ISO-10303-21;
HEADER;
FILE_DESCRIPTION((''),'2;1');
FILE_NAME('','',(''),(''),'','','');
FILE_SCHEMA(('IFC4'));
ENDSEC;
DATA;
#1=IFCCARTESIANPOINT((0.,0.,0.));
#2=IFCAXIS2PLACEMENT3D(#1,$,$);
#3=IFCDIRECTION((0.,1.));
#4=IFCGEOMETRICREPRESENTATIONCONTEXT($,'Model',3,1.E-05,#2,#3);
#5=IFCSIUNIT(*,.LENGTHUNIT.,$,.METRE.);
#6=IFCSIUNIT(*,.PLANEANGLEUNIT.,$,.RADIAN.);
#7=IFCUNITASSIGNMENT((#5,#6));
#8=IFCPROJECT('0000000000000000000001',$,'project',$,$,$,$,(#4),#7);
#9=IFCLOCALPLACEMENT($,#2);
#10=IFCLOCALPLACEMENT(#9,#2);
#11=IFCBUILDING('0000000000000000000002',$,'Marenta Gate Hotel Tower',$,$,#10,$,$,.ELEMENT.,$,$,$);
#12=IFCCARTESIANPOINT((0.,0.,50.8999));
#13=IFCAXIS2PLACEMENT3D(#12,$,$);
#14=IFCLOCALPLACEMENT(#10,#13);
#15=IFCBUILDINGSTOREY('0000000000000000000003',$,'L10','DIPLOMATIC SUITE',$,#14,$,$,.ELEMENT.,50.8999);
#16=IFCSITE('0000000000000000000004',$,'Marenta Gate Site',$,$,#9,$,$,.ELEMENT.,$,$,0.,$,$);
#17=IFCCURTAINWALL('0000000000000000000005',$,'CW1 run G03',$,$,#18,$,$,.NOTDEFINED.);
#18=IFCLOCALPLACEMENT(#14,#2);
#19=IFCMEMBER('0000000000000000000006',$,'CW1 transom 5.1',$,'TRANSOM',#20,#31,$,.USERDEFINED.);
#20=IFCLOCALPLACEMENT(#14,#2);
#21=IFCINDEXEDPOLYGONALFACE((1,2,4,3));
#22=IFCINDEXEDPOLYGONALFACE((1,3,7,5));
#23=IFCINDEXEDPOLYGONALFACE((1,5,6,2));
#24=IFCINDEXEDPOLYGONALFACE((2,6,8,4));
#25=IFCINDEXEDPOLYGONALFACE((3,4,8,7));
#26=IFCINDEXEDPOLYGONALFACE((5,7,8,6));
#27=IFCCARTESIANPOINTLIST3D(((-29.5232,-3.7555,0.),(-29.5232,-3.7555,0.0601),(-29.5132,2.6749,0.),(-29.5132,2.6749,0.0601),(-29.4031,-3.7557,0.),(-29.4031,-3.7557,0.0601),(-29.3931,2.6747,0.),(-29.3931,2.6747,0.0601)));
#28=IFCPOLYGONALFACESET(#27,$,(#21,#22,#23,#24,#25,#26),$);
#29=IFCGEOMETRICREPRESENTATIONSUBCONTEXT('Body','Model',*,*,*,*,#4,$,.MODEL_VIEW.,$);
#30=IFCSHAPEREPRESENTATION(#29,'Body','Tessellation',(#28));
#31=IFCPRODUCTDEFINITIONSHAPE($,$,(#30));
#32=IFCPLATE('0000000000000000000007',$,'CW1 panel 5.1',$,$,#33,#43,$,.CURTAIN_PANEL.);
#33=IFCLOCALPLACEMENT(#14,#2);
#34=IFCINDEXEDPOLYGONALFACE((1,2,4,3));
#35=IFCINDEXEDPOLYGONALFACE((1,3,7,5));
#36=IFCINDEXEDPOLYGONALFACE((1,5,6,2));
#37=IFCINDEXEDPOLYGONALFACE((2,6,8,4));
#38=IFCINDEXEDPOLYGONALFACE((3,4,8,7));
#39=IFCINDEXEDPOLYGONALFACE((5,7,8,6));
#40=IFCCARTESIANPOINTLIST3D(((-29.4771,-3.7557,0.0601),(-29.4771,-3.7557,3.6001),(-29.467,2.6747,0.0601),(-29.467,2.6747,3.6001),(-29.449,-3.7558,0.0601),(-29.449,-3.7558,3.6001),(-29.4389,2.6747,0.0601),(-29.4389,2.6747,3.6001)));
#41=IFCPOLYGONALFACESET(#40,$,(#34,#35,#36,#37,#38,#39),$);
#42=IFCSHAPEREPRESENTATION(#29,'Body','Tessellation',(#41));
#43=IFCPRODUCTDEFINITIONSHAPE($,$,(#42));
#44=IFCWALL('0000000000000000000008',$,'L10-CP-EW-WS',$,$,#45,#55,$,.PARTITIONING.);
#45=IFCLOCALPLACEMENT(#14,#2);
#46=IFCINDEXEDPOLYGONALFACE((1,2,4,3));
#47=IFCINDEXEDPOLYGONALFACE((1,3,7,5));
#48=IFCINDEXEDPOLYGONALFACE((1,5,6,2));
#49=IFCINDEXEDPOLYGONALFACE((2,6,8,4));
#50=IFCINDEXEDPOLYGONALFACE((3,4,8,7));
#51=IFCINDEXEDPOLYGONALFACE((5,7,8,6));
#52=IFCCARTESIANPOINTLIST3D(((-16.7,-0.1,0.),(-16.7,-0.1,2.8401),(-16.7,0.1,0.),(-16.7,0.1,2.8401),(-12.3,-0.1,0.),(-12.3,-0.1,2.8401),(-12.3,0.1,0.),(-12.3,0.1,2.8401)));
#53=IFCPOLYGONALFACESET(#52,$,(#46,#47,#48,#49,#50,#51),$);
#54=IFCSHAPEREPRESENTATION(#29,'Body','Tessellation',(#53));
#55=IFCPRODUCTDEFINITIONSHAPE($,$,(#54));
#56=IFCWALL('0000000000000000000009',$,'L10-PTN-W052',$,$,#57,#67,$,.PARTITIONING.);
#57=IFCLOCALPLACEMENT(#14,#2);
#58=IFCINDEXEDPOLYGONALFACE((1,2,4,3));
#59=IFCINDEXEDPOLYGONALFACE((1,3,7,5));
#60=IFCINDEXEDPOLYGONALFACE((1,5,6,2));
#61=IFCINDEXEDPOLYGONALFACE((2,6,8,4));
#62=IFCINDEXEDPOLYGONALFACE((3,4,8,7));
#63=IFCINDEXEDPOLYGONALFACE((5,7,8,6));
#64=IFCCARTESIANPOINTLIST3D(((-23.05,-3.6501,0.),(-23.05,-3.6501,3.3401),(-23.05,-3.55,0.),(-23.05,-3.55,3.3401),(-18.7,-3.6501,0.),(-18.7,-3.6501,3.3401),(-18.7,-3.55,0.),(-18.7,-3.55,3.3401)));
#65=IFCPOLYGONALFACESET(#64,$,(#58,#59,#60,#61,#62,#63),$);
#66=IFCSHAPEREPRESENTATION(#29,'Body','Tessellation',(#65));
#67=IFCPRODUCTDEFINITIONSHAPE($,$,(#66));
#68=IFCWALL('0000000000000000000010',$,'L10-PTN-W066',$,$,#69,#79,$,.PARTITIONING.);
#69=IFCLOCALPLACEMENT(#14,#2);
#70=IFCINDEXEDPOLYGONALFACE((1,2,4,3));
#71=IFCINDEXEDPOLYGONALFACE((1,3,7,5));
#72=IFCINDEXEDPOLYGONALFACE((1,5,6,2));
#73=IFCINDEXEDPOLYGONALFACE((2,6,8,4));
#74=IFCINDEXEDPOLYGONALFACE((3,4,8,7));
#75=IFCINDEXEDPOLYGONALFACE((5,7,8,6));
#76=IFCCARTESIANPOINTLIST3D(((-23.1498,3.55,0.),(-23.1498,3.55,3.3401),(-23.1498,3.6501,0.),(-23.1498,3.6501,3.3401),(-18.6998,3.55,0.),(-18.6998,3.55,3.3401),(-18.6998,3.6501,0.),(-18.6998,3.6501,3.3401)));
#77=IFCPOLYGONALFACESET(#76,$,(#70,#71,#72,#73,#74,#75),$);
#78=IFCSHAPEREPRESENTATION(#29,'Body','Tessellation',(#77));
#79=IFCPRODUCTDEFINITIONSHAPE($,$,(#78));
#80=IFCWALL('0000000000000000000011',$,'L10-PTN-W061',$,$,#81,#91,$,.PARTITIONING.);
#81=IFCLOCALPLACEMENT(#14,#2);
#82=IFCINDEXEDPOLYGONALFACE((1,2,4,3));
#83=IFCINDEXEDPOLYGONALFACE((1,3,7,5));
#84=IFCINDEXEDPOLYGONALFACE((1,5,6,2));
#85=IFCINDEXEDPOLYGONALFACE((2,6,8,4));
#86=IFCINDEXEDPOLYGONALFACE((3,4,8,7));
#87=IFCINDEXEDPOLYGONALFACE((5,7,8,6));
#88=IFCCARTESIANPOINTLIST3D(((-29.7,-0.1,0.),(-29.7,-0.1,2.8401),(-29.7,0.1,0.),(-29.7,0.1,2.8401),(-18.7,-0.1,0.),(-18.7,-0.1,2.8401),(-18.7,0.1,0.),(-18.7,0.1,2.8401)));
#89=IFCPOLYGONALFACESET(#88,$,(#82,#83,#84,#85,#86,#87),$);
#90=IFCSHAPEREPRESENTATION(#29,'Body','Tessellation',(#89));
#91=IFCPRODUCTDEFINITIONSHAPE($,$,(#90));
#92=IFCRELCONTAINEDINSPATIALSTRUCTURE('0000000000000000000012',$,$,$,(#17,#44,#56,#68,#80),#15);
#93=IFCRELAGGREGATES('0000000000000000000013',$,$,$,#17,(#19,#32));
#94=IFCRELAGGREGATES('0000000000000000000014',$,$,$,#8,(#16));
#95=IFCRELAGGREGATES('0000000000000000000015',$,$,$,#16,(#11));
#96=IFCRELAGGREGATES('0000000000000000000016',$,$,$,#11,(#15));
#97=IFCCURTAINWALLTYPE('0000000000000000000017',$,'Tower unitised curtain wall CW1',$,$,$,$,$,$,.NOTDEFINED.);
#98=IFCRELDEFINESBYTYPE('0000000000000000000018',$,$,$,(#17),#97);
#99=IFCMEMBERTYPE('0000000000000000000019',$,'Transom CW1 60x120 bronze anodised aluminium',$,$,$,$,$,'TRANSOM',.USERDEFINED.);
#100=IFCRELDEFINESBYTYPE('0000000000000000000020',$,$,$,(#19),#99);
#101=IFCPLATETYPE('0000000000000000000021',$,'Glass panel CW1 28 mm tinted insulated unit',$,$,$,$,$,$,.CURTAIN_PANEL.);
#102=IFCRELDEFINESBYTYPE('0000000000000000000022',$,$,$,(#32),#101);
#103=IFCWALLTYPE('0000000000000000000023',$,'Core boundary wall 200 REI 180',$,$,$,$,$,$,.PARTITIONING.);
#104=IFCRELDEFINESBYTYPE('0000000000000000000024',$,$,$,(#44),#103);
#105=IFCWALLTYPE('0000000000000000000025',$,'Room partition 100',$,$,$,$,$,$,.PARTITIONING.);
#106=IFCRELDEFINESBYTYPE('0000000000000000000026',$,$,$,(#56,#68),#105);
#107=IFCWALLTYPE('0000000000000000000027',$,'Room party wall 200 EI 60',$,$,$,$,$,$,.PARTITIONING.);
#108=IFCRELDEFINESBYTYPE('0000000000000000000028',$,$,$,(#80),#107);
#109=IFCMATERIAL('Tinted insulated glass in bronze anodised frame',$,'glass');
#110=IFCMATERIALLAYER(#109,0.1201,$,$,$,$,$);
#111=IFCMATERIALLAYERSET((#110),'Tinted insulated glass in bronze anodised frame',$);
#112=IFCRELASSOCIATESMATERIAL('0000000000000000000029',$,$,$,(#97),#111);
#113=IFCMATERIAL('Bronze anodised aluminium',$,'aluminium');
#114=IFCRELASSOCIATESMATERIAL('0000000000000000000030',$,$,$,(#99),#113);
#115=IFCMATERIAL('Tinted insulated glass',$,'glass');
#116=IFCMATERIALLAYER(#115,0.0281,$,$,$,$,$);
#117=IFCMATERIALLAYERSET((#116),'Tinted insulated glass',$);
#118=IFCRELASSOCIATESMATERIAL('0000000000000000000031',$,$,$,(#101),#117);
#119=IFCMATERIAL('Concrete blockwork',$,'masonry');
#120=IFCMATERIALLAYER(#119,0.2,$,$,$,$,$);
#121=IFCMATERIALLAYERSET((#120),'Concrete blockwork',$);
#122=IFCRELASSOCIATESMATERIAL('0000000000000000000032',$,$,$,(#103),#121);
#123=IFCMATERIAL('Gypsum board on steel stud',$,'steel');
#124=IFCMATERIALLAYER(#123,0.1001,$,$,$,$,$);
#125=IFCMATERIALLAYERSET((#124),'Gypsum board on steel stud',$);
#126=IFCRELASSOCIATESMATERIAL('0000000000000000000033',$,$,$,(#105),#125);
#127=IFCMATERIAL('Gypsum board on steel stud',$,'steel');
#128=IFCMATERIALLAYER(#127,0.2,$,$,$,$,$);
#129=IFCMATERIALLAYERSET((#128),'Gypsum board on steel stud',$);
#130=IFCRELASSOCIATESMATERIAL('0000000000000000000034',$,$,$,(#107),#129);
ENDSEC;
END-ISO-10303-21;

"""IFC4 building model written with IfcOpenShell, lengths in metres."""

from ifc_helpers import new_model, si_unit, direction, frame, frame_2d, origin, origin_2d, place, context, subcontext, project, spatial, rectangle, extrude, material, layer, layer_set, material_profile, profile_set, type_object, element, aggregate, save


model = new_model("IFC4")

# Units and contexts
model_context = context("Model", 3, precision=1e-05, world=origin(), true_north=direction((0.0, 1.0)))
body_context = subcontext(model_context, "Body", "Model", "MODEL_VIEW")
ifc_project = project(units=[si_unit("LENGTHUNIT", "METRE"), si_unit("PLANEANGLEUNIT", "RADIAN")], contexts=[model_context])

# Site, building, storey
site_placement = place(None, origin())
site = spatial("IfcSite", under=ifc_project, at=site_placement, Name="Marenta Gate Site", CompositionType="ELEMENT", RefElevation=0.0)
building_placement = place(site_placement, origin())
building = spatial("IfcBuilding", under=site, at=building_placement, Name="Marenta Gate Hotel Tower", CompositionType="ELEMENT")
storey_placement = place(building_placement, frame((0.0, 0.0, 50.8999)))
storey = spatial("IfcBuildingStorey", under=building, at=storey_placement, Name="L10", Description="DIPLOMATIC SUITE", CompositionType="ELEMENT", Elevation=50.8999)

# Curtain wall, member, plate
ifc_material_1 = material(Name="Tinted insulated glass in bronze anodised frame", Category="glass")
ifc_layer_1 = layer(ifc_material_1, 0.1201)
ifc_layer_set_1 = layer_set([ifc_layer_1], Name="Tinted insulated glass in bronze anodised frame")
curtain_wall_type = type_object("IfcCurtainWallType", Name="Tower unitised curtain wall CW1", PredefinedType="NOTDEFINED", material=ifc_layer_set_1)
curtain_wall_placement = place(storey_placement, origin())
curtain_wall = element("IfcCurtainWall", 1, at=curtain_wall_placement, inside=storey, type_object=curtain_wall_type, Name="CW1 run G03", PredefinedType="NOTDEFINED")
ifc_material_2 = material(Name="Bronze anodised aluminium", Category="aluminium")
ifc_material_profile_1 = material_profile(ifc_material_2, rectangle(XDim=0.1201, YDim=0.0601, at=origin_2d()), Name="Transom CW1 60x120 bronze anodised aluminium")
ifc_profile_set_1 = profile_set([ifc_material_profile_1], Name="Bronze anodised aluminium")
member_type_1 = type_object("IfcMemberType", Name="Transom CW1 60x120 bronze anodised aluminium", ElementType="TRANSOM", PredefinedType="USERDEFINED", material=ifc_profile_set_1)
member_1_placement = place(storey_placement, frame((-29.4531, 2.6748, 0.03), z_axis=(-0.001557, -0.999999, 0.0), x_axis=(0.999999, -0.001557, 0.0)))
member_1 = element("IfcMember", 2, at=member_1_placement, type_object=member_type_1, Name="CW1 transom 5.1", ObjectType="TRANSOM", PredefinedType="USERDEFINED", context=body_context, shape_type="SweptSolid", body=[
    extrude(rectangle(XDim=0.1201, YDim=0.0601, at=origin_2d()), origin(), (0.0, 0.0, 1.0), 6.4304),
])
ifc_material_3 = material(Name="Tinted insulated glass", Category="glass")
ifc_layer_2 = layer(ifc_material_3, 0.0281)
ifc_layer_set_2 = layer_set([ifc_layer_2], Name="Tinted insulated glass")
plate_type = type_object("IfcPlateType", Name="Glass panel CW1 28 mm tinted insulated unit", PredefinedType="CURTAIN_PANEL", material=ifc_layer_set_2)
plate_placement = place(storey_placement, frame((-29.458, -0.5405, 0.0601), z_axis=(0.0, 0.0, 1.0), x_axis=(-0.001566, -0.999999, 0.0)))
plate = element("IfcPlate", 3, at=plate_placement, type_object=plate_type, Name="CW1 panel 5.1", PredefinedType="CURTAIN_PANEL", context=body_context, shape_type="SweptSolid", body=[
    extrude(rectangle(XDim=6.4304, YDim=0.0281, at=origin_2d()), origin(), (0.0, 0.0, 1.0), 3.54),
])
aggregate(curtain_wall, [member_1, plate])

# Shared definitions
ifc_material_4 = material(Name="Concrete blockwork", Category="masonry")
ifc_layer_3 = layer(ifc_material_4, 0.2)
ifc_layer_set_3 = layer_set([ifc_layer_3], Name="Concrete blockwork")
wall_type_1 = type_object("IfcWallType", Name="Core boundary wall 200 REI 180", PredefinedType="PARTITIONING", material=ifc_layer_set_3)

# Wall
wall_1_placement = place(storey_placement, frame((-16.7, 0.0, 0.0), z_axis=(0.0, 0.0, 1.0), x_axis=(1.0, 0.0, 0.0)))
element("IfcWall", 4, at=wall_1_placement, inside=storey, type_object=wall_type_1, Name="L10-CP-EW-WS", PredefinedType="PARTITIONING", context=body_context, shape_type="SweptSolid", body=[
    extrude(rectangle(XDim=4.3999, YDim=0.2, at=frame_2d((2.2, 0.0))), origin(), (0.0, 0.0, 1.0), 2.8401),
])

# Walls
ifc_material_5 = material(Name="Gypsum board on steel stud", Category="steel")
ifc_layer_4 = layer(ifc_material_5, 0.1001)
ifc_layer_set_4 = layer_set([ifc_layer_4], Name="Gypsum board on steel stud")
wall_type_2 = type_object("IfcWallType", Name="Room partition 100", PredefinedType="PARTITIONING", material=ifc_layer_set_4)
wall_2_placement = place(storey_placement, frame((-23.05, -3.6001, 0.0), z_axis=(0.0, 0.0, 1.0), x_axis=(1.0, 0.0, 0.0)))
element("IfcWall", 5, at=wall_2_placement, inside=storey, type_object=wall_type_2, Name="L10-PTN-W052", PredefinedType="PARTITIONING", context=body_context, shape_type="SweptSolid", body=[
    extrude(rectangle(XDim=4.3501, YDim=0.1001, at=frame_2d((2.175, 0.0))), origin(), (0.0, 0.0, 1.0), 3.3401),
])
wall_3_placement = place(storey_placement, frame((-23.1499, 3.6001, 0.0), z_axis=(0.0, 0.0, 1.0), x_axis=(1.0, 0.0, 0.0)))
element("IfcWall", 6, at=wall_3_placement, inside=storey, type_object=wall_type_2, Name="L10-PTN-W066", PredefinedType="PARTITIONING", context=body_context, shape_type="SweptSolid", body=[
    extrude(rectangle(XDim=4.45, YDim=0.1001, at=frame_2d((2.2251, 0.0))), origin(), (0.0, 0.0, 1.0), 3.3401),
])
ifc_material_6 = material(Name="Gypsum board on steel stud", Category="steel")
ifc_layer_5 = layer(ifc_material_6, 0.2)
ifc_layer_set_5 = layer_set([ifc_layer_5], Name="Gypsum board on steel stud")
wall_type_3 = type_object("IfcWallType", Name="Room party wall 200 EI 60", PredefinedType="PARTITIONING", material=ifc_layer_set_5)
wall_4_placement = place(storey_placement, frame((-29.7, 0.0, 0.0), z_axis=(0.0, 0.0, 1.0), x_axis=(1.0, 0.0, 0.0)))
element("IfcWall", 7, at=wall_4_placement, inside=storey, type_object=wall_type_3, Name="L10-PTN-W061", PredefinedType="PARTITIONING", context=body_context, shape_type="SweptSolid", body=[
    extrude(rectangle(XDim=11.0, YDim=0.2, at=frame_2d((5.5, 0.0))), origin(), (0.0, 0.0, 1.0), 2.8401),
])

save(model, "model.ifc")
